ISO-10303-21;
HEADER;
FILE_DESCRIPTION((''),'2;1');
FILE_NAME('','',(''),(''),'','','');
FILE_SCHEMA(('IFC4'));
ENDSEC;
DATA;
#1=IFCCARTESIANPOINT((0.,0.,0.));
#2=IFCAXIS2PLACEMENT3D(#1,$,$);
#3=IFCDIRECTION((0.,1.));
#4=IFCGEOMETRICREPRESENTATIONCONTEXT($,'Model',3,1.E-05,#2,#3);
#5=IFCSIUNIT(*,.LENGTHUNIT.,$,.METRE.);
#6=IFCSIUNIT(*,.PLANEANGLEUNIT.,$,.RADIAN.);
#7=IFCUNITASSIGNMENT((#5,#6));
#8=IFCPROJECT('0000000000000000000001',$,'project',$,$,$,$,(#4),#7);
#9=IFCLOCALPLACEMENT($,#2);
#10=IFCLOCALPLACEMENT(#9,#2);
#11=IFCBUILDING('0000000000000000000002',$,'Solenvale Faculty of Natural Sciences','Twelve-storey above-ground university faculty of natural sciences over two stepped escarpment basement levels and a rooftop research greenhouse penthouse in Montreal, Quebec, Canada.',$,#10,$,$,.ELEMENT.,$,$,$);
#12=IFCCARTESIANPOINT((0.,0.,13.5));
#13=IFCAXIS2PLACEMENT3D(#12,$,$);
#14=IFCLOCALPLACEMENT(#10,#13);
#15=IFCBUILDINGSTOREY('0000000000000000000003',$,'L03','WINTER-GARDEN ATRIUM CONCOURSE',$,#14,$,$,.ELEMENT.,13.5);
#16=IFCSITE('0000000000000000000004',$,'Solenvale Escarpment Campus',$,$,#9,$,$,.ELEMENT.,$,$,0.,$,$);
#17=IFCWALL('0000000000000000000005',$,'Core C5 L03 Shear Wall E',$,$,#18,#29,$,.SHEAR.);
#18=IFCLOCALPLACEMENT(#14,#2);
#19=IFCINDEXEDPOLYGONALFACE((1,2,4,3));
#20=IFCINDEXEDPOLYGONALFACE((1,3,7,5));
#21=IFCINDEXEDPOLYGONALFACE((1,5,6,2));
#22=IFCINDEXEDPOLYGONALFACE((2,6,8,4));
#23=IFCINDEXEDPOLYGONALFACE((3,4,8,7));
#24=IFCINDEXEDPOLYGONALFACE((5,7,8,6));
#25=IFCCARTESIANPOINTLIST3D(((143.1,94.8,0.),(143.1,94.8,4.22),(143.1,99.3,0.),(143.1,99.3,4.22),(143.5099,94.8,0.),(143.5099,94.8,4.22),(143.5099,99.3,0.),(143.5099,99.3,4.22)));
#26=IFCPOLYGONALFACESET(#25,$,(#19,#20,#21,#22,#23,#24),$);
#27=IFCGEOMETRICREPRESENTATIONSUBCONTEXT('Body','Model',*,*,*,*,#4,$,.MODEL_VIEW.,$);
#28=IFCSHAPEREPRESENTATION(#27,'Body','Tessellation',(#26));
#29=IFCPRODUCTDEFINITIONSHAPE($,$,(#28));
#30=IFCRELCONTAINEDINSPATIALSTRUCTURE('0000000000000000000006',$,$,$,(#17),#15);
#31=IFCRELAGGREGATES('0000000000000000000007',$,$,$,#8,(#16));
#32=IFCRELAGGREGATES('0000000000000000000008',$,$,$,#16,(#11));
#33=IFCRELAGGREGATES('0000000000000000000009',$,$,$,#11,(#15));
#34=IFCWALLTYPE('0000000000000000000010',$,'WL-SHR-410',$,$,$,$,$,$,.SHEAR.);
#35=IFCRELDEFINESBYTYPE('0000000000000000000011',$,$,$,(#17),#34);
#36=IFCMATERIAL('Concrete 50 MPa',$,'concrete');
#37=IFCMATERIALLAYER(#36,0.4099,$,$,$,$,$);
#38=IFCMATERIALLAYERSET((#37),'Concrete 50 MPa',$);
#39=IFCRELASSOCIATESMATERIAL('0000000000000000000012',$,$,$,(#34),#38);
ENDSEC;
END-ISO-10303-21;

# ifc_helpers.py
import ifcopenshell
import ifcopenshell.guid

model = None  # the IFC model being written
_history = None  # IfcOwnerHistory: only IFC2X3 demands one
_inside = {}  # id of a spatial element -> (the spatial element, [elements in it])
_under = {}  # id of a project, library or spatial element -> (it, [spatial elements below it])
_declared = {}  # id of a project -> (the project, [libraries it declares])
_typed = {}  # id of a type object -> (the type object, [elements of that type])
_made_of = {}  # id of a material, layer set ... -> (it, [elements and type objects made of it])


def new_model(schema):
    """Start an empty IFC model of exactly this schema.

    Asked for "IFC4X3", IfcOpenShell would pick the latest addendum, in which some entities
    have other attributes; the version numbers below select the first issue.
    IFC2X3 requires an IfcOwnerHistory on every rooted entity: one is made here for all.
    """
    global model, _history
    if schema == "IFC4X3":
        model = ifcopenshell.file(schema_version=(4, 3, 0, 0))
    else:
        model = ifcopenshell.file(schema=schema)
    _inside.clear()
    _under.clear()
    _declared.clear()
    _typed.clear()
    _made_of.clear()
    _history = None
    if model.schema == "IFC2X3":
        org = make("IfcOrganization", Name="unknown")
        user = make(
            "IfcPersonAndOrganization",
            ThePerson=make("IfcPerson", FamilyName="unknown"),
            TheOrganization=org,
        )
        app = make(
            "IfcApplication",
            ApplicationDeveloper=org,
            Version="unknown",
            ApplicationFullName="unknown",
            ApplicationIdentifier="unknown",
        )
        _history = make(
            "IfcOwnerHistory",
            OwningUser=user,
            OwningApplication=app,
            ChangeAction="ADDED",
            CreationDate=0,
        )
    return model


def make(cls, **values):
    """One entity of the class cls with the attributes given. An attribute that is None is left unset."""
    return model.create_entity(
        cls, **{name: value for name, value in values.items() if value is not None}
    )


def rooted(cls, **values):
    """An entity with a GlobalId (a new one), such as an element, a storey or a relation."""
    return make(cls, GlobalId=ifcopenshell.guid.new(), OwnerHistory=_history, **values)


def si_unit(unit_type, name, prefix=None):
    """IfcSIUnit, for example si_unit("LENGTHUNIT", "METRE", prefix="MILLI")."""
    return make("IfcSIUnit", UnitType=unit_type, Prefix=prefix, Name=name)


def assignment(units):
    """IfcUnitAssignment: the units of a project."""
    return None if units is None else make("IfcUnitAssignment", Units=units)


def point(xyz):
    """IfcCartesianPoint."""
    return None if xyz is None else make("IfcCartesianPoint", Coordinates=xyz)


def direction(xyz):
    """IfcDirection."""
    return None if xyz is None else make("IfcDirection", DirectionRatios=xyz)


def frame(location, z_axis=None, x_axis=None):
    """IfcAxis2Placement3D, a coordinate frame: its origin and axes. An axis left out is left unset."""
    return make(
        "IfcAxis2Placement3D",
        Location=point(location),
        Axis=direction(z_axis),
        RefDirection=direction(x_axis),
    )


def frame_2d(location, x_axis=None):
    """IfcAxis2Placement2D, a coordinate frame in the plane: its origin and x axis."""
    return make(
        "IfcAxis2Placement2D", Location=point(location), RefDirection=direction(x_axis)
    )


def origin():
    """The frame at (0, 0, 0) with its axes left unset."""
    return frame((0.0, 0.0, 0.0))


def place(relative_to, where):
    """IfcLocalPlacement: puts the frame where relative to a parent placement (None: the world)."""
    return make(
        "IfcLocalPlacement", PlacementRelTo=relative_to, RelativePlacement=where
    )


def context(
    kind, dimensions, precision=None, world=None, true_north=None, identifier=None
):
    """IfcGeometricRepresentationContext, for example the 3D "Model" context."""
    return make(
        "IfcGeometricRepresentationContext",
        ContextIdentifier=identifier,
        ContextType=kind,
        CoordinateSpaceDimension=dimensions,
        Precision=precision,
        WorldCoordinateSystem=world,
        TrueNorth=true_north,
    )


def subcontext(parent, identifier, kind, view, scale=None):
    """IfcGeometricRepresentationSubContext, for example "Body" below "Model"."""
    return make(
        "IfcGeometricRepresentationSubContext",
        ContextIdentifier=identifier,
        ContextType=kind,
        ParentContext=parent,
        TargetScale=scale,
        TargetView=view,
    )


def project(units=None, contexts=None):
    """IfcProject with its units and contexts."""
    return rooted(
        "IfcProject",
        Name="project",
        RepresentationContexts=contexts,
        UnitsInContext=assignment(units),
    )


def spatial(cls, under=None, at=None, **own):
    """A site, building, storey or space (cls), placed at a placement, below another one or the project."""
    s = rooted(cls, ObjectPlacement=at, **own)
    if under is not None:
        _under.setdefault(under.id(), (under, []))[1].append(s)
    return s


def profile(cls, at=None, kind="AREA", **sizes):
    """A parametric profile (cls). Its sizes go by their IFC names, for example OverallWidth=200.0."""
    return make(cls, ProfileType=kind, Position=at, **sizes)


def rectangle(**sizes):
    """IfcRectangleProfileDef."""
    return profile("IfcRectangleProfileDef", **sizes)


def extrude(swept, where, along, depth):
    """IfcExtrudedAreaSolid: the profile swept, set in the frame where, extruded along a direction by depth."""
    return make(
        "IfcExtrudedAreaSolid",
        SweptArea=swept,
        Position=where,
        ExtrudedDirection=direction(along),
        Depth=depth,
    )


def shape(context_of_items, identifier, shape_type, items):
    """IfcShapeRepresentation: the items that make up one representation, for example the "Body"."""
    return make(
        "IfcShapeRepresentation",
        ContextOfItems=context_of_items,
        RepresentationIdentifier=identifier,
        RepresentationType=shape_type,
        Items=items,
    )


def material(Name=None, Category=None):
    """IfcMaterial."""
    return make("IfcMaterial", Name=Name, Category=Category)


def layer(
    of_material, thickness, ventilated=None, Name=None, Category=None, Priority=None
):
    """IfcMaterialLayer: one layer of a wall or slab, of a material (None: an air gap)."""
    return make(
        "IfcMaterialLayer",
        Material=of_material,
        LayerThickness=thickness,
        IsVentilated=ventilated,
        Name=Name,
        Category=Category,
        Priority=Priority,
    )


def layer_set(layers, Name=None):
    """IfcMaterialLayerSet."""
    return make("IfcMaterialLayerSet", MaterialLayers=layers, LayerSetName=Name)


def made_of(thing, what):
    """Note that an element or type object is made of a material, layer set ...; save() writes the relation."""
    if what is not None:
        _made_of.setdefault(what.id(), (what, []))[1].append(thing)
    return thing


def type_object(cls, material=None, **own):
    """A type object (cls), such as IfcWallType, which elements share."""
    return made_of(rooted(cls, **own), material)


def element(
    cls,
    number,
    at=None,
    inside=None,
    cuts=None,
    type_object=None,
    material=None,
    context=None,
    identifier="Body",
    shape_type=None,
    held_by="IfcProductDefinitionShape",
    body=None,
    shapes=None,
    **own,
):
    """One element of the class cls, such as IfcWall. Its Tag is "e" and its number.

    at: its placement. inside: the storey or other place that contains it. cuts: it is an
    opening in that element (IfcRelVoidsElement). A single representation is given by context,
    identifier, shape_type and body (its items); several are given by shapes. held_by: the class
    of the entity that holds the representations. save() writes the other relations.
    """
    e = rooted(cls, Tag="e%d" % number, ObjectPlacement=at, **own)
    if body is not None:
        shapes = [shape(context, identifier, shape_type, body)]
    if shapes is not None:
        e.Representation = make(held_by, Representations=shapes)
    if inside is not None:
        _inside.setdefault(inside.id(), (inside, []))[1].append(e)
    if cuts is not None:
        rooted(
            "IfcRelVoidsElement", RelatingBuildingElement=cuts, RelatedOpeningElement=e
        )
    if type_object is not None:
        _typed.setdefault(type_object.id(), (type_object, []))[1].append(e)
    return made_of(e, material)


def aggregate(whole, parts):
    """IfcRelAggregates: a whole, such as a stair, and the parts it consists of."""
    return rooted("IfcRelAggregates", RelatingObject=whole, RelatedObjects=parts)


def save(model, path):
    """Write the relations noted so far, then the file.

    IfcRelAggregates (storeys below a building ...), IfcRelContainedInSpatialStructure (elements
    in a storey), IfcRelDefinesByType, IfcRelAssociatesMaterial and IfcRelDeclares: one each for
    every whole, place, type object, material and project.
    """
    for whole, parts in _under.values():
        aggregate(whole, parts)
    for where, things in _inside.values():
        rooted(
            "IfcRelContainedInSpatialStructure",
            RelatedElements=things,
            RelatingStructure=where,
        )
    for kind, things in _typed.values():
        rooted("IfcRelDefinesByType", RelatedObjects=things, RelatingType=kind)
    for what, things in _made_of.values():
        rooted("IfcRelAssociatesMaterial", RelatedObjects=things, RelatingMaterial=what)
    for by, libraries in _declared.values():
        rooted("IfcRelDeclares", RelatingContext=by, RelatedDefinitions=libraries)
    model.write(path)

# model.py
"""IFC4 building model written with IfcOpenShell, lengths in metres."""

from ifc_helpers import new_model, si_unit, direction, frame, frame_2d, origin, place, context, subcontext, project, spatial, rectangle, extrude, material, layer, layer_set, type_object, element, save


model = new_model("IFC4")

# Units and contexts
model_context = context("Model", 3, precision=1e-05, world=origin(), true_north=direction((0.0, 1.0)))
body_context = subcontext(model_context, "Body", "Model", "MODEL_VIEW")
ifc_project = project(units=[si_unit("LENGTHUNIT", "METRE"), si_unit("PLANEANGLEUNIT", "RADIAN")], contexts=[model_context])

# Site, building, storey
site_placement = place(None, origin())
site = spatial("IfcSite", under=ifc_project, at=site_placement, Name="Solenvale Escarpment Campus", CompositionType="ELEMENT", RefElevation=0.0)
building_placement = place(site_placement, origin())
building = spatial("IfcBuilding", under=site, at=building_placement, Name="Solenvale Faculty of Natural Sciences", Description="Twelve-storey above-ground university faculty of natural sciences over two stepped escarpment basement levels and a rooftop research greenhouse penthouse in Montreal, Quebec, Canada.", CompositionType="ELEMENT")
storey_placement = place(building_placement, frame((0.0, 0.0, 13.5)))
storey = spatial("IfcBuildingStorey", under=building, at=storey_placement, Name="L03", Description="WINTER-GARDEN ATRIUM CONCOURSE", CompositionType="ELEMENT", Elevation=13.5)

# Shared definitions
ifc_material_1 = material(Name="Concrete 50 MPa", Category="concrete")

# Wall
ifc_layer_1 = layer(ifc_material_1, 0.4099)
ifc_layer_set_1 = layer_set([ifc_layer_1], Name="Concrete 50 MPa")
wall_type_1 = type_object("IfcWallType", Name="WL-SHR-410", PredefinedType="SHEAR", material=ifc_layer_set_1)
wall_1_placement = place(storey_placement, frame((143.3049, 94.8, 0.0), z_axis=(0.0, 0.0, 1.0), x_axis=(0.0, 1.0, 0.0)))
element("IfcWall", 1, at=wall_1_placement, inside=storey, type_object=wall_type_1, Name="Core C5 L03 Shear Wall E", PredefinedType="SHEAR", context=body_context, shape_type="SweptSolid", body=[
    extrude(rectangle(XDim=4.5, YDim=0.4099, at=frame_2d((2.25, 0.0))), origin(), (0.0, 0.0, 1.0), 4.22),
])

save(model, "model.ifc")
